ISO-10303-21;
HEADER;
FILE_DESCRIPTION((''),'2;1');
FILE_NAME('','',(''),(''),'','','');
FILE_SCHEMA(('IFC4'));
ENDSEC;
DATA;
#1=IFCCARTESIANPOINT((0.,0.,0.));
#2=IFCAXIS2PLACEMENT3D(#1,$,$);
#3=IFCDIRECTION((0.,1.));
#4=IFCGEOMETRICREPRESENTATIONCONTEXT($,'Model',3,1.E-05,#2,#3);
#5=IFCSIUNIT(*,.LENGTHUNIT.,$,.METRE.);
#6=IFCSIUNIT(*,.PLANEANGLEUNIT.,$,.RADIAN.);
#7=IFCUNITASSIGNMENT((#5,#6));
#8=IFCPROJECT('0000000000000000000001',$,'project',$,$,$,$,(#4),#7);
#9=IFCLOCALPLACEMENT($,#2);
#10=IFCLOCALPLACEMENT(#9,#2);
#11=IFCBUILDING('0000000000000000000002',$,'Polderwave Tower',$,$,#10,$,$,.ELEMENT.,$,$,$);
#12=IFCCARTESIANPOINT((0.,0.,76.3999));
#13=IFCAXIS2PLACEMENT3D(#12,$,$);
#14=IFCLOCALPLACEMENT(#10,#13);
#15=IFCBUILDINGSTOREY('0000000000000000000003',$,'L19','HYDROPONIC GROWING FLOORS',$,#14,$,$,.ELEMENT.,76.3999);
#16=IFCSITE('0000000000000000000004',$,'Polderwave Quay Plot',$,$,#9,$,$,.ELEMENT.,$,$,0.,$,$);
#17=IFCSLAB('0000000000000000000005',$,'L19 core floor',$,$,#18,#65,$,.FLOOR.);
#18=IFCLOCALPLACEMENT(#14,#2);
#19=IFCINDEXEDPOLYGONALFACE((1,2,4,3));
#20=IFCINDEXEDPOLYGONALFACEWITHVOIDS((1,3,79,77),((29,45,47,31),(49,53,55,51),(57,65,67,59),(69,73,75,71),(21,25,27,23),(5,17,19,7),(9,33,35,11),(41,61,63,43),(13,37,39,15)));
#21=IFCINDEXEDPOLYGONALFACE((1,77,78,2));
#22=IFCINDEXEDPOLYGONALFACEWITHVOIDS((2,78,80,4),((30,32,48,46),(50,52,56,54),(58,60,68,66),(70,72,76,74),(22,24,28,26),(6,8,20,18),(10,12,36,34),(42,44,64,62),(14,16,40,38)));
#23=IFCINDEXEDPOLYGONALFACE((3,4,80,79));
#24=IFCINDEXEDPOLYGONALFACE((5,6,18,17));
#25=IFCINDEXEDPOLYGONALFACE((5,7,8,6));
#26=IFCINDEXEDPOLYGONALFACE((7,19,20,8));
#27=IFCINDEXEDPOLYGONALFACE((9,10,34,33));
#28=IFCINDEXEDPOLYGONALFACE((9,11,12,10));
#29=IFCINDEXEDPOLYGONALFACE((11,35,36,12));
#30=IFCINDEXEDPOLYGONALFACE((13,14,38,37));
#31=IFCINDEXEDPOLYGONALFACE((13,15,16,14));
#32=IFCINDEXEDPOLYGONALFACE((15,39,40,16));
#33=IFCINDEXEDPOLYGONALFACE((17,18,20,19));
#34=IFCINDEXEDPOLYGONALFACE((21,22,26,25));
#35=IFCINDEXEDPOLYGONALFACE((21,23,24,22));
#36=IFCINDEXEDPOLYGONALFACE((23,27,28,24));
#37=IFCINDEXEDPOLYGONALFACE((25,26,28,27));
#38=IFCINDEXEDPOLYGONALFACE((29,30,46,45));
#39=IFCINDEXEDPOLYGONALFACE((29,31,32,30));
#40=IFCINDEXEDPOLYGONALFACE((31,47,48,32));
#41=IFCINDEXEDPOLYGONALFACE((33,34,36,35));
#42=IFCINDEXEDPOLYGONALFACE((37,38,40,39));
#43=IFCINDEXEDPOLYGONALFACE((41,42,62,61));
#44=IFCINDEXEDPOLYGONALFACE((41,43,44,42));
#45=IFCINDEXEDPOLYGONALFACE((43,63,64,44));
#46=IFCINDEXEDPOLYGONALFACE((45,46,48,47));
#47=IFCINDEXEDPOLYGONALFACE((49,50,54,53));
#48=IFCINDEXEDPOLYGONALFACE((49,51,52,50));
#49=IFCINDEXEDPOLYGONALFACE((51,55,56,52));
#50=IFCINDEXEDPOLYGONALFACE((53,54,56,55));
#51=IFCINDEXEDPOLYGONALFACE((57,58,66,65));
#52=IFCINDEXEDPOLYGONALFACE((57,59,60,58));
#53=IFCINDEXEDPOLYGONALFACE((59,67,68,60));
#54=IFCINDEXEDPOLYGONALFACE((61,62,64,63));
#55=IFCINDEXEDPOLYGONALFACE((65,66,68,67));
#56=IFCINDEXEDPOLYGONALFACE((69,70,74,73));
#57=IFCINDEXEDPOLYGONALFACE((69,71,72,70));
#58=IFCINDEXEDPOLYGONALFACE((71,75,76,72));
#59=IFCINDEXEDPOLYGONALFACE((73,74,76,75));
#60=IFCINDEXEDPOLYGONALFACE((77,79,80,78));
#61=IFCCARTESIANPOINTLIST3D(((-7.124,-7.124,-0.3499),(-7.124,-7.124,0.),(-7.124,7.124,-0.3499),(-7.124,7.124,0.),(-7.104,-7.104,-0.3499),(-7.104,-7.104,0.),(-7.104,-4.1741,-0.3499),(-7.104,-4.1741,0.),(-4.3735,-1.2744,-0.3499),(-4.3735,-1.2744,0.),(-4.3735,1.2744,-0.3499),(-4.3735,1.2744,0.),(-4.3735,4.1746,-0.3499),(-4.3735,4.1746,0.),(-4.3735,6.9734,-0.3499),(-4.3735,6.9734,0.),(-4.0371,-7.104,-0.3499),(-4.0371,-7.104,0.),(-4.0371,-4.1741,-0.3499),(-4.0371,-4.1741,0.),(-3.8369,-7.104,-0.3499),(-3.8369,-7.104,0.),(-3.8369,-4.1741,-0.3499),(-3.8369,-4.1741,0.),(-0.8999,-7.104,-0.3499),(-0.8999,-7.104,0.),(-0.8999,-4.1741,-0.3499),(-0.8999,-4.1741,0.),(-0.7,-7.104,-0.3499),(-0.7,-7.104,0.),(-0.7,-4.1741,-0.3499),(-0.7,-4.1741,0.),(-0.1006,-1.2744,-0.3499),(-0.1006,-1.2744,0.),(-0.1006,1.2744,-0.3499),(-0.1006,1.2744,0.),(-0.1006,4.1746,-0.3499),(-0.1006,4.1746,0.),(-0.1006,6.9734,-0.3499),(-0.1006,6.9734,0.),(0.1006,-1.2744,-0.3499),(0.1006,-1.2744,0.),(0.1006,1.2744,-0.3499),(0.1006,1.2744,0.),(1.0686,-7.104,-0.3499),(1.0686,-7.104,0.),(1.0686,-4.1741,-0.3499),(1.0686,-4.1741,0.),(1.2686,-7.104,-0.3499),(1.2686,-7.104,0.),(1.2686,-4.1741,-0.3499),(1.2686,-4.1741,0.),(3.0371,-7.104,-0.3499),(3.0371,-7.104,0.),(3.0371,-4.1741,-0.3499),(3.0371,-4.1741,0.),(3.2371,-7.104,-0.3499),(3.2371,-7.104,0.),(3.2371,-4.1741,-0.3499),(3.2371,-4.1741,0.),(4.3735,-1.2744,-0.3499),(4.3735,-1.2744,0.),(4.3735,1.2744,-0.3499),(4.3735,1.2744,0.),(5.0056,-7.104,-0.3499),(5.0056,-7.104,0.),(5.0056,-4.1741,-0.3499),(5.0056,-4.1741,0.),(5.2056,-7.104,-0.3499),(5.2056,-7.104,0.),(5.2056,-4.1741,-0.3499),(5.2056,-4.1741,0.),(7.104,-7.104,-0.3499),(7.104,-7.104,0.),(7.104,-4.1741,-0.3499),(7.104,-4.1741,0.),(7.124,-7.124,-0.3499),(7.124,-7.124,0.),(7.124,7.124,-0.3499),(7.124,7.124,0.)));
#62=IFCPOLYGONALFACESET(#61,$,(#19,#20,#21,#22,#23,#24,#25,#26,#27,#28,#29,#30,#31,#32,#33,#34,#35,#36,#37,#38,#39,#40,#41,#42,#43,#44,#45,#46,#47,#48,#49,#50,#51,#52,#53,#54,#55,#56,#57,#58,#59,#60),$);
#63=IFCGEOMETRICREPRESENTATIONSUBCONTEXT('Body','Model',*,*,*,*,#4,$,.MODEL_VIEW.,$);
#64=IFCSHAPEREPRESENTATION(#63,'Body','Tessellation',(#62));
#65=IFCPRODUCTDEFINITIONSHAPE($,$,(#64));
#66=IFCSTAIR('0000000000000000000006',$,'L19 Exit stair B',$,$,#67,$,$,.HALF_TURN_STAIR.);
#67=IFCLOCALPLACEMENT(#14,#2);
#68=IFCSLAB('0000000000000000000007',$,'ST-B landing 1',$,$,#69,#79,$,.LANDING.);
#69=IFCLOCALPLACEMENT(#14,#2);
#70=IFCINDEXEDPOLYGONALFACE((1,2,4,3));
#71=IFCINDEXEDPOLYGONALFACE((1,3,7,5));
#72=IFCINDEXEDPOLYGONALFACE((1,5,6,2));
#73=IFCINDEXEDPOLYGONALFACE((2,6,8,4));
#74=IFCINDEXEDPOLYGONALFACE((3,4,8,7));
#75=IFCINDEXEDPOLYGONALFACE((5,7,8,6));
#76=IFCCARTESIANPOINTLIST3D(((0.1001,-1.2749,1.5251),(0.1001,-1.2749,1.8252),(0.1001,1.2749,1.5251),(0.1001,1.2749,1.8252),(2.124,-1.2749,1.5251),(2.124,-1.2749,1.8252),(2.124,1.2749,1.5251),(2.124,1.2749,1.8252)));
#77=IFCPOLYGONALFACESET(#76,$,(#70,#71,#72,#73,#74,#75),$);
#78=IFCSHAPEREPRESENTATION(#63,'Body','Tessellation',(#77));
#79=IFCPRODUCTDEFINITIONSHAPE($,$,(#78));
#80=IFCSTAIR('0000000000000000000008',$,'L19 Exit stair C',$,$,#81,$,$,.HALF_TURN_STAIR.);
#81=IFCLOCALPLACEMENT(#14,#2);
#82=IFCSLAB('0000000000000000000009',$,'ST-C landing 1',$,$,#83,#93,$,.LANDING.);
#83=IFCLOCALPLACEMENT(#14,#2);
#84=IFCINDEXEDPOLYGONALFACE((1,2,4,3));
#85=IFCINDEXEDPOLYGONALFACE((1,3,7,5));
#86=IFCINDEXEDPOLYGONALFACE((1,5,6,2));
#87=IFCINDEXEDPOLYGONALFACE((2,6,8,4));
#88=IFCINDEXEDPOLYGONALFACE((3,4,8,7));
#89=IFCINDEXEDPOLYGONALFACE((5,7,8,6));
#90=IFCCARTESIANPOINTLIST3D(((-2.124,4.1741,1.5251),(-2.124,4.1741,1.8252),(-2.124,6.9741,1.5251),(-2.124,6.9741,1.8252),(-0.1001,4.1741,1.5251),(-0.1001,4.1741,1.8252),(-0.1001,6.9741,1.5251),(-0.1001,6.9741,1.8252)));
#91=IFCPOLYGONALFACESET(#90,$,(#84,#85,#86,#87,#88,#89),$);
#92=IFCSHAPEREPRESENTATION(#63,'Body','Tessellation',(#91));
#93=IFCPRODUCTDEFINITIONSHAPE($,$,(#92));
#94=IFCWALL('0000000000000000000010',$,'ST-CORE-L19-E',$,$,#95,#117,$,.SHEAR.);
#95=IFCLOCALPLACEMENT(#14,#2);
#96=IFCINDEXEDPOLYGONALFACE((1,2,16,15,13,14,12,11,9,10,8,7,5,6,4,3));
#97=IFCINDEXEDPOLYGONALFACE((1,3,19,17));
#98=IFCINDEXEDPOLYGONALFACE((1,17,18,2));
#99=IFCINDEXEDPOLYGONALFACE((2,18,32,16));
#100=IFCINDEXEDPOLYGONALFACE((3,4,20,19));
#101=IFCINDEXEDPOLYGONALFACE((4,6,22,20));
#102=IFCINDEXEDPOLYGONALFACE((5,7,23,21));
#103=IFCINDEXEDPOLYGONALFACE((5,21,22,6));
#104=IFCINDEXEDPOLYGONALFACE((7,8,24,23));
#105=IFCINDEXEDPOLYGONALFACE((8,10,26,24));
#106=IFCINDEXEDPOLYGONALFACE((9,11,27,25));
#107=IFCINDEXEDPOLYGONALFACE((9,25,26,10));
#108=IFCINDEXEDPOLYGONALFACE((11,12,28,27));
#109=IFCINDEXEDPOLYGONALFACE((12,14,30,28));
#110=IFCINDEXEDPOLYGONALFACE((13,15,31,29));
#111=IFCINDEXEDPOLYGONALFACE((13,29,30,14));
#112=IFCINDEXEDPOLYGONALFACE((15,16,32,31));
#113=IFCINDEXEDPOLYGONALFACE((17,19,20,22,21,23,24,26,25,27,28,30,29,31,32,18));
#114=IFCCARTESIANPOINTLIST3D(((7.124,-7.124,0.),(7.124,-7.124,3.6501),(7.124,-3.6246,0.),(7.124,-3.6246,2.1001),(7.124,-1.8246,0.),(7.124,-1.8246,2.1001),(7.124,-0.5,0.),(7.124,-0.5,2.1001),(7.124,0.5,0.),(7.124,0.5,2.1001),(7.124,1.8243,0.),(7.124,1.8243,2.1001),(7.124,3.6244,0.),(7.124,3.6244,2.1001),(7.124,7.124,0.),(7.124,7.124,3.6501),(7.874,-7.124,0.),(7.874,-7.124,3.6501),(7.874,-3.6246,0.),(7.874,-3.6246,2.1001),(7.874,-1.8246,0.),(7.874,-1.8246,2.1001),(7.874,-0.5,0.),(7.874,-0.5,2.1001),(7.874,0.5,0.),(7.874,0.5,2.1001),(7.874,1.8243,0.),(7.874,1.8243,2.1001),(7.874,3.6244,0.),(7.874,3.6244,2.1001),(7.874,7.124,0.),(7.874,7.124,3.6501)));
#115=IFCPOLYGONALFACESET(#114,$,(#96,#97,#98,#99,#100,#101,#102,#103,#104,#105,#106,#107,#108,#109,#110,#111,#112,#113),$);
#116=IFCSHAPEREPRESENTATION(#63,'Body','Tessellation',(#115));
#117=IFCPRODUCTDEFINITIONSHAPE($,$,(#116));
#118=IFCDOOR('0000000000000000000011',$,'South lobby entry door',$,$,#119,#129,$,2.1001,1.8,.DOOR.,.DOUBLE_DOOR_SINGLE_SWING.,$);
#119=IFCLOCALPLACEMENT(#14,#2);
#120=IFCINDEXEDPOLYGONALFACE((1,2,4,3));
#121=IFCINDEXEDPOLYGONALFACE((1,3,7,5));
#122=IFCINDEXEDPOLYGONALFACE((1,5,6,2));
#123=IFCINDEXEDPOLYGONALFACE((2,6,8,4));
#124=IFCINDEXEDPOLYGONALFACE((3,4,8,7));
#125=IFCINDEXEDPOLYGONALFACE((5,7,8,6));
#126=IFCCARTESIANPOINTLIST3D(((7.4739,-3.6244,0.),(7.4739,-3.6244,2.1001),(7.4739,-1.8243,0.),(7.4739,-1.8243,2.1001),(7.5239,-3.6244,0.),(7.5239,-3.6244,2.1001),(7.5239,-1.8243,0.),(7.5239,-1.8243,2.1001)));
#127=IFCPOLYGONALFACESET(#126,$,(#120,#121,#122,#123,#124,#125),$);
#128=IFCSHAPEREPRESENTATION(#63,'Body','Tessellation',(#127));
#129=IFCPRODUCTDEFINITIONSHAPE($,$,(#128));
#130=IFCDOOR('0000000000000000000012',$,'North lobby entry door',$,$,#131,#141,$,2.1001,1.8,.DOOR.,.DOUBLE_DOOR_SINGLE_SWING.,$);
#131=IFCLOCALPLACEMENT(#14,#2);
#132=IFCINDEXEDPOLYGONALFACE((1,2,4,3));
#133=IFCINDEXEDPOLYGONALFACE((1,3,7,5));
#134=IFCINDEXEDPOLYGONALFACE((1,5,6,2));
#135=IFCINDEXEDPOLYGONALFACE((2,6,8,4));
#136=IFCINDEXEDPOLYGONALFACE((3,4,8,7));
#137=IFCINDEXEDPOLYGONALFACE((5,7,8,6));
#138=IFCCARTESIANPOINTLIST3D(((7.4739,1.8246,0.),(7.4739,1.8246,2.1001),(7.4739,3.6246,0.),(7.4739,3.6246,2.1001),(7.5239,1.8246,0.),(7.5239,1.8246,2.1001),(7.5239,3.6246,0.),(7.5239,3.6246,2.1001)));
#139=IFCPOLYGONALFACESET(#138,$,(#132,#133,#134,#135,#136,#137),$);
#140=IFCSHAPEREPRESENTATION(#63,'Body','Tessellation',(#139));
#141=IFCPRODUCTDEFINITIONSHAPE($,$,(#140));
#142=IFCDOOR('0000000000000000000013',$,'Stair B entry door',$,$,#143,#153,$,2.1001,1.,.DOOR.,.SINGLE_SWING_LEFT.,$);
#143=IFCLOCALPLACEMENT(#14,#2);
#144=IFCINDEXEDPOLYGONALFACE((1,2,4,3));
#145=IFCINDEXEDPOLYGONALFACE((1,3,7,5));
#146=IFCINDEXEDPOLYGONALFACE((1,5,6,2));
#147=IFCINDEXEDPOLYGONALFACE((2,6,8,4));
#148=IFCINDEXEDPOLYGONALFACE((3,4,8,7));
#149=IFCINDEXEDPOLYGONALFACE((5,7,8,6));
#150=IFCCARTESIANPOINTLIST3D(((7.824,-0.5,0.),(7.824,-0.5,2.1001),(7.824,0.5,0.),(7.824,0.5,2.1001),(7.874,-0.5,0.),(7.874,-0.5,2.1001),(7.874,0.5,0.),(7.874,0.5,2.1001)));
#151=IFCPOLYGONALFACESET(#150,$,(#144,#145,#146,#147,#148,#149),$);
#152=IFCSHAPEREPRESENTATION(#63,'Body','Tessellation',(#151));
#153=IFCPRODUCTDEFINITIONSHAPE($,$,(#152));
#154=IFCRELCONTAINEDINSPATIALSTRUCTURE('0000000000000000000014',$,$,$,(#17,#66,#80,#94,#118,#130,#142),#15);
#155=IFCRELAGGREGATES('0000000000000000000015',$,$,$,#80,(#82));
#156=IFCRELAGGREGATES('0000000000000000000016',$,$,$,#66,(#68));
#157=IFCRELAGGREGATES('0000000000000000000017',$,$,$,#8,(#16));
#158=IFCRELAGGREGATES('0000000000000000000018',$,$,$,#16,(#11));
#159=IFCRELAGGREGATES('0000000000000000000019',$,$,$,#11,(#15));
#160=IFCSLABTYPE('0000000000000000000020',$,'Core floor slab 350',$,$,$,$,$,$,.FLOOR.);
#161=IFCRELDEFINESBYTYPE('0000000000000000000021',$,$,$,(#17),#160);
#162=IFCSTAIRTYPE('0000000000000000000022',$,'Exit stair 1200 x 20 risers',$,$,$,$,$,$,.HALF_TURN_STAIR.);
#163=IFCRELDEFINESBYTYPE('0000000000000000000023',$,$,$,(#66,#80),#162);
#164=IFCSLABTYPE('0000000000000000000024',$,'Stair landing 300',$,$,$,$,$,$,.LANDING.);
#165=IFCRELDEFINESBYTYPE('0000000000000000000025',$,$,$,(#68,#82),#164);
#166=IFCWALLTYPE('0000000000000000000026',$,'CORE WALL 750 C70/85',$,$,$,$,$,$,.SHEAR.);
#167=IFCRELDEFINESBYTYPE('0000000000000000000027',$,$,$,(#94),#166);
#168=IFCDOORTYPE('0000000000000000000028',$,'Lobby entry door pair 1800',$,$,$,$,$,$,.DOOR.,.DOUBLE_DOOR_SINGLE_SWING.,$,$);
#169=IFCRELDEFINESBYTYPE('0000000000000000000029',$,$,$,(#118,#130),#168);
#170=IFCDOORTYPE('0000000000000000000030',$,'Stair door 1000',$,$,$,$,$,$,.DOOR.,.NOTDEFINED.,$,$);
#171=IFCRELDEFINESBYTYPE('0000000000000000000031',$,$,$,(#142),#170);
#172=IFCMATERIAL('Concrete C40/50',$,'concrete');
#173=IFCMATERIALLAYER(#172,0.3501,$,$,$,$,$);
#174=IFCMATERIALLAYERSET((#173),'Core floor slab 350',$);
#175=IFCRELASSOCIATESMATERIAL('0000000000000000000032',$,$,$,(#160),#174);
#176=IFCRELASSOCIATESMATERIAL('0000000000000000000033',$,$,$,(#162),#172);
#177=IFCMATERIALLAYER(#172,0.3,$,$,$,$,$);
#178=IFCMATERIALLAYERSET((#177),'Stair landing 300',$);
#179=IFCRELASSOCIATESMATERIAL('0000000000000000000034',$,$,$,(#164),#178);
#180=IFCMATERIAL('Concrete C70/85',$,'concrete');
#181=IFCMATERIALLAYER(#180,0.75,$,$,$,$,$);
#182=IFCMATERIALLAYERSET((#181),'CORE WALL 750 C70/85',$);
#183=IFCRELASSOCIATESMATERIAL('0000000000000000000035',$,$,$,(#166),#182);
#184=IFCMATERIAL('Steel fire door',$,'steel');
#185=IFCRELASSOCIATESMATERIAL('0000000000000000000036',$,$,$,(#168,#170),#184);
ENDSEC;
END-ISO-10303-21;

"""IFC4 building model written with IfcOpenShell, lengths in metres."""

from ifc_helpers import new_model, si_unit, direction, frame, frame_2d, origin, place, context, subcontext, project, spatial, polyline, rectangle, outline, extrude, material, layer, layer_set, type_object, element, fill, aggregate, save


model = new_model("IFC4")

# Units and contexts
model_context = context("Model", 3, precision=1e-05, world=origin(), true_north=direction((0.0, 1.0)))
body_context = subcontext(model_context, "Body", "Model", "MODEL_VIEW")
ifc_project = project(units=[si_unit("LENGTHUNIT", "METRE"), si_unit("PLANEANGLEUNIT", "RADIAN")], contexts=[model_context])

# Site, building, storey
site_placement = place(None, origin())
site = spatial("IfcSite", under=ifc_project, at=site_placement, Name="Polderwave Quay Plot", CompositionType="ELEMENT", RefElevation=0.0)
building_placement = place(site_placement, origin())
building = spatial("IfcBuilding", under=site, at=building_placement, Name="Polderwave Tower", CompositionType="ELEMENT")
storey_placement = place(building_placement, frame((0.0, 0.0, 76.3999)))
storey = spatial("IfcBuildingStorey", under=building, at=storey_placement, Name="L19", Description="HYDROPONIC GROWING FLOORS", CompositionType="ELEMENT", Elevation=76.3999)

# Slab
ifc_material_1 = material(Name="Concrete C40/50", Category="concrete")
ifc_layer_1 = layer(ifc_material_1, 0.3501)
ifc_layer_set_1 = layer_set([ifc_layer_1], Name="Core floor slab 350")
slab_type_1 = type_object("IfcSlabType", Name="Core floor slab 350", PredefinedType="FLOOR", material=ifc_layer_set_1)
slab_1_placement = place(storey_placement, frame((0.0, 0.0, -0.3499)))
element("IfcSlab", 1, at=slab_1_placement, inside=storey, type_object=slab_type_1, Name="L19 core floor", PredefinedType="FLOOR", context=body_context, shape_type="SweptSolid", body=[
    extrude(outline(polyline([(-7.124, -7.124), (7.124, -7.124), (7.124, 7.124), (-7.124, 7.124), (-7.124, -7.124)]), holes=[polyline([(-7.104, -7.104), (-4.0371, -7.104), (-4.0371, -4.1741), (-7.104, -4.1741), (-7.104, -7.104)]), polyline([(-3.8369, -7.104), (-0.8999, -7.104), (-0.8999, -4.1741), (-3.8369, -4.1741), (-3.8369, -7.104)]), polyline([(-0.7, -7.104), (1.0686, -7.104), (1.0686, -4.1741), (-0.7, -4.1741), (-0.7, -7.104)]), polyline([(1.2686, -7.104), (3.0371, -7.104), (3.0371, -4.1741), (1.2686, -4.1741), (1.2686, -7.104)]), polyline([(3.2371, -7.104), (5.0056, -7.104), (5.0056, -4.1741), (3.2371, -4.1741), (3.2371, -7.104)]), polyline([(5.2056, -7.104), (7.104, -7.104), (7.104, -4.1741), (5.2056, -4.1741), (5.2056, -7.104)]), polyline([(-4.3735, -1.2744), (-0.1006, -1.2744), (-0.1006, 1.2744), (-4.3735, 1.2744), (-4.3735, -1.2744)]), polyline([(0.1006, -1.2744), (4.3735, -1.2744), (4.3735, 1.2744), (0.1006, 1.2744), (0.1006, -1.2744)]), polyline([(-4.3735, 4.1746), (-0.1006, 4.1746), (-0.1006, 6.9734), (-4.3735, 6.9734), (-4.3735, 4.1746)])]), origin(), (0.0, 0.0, 1.0), 0.3499),
])

# Stairs, slabs
stair_type = type_object("IfcStairType", Name="Exit stair 1200 x 20 risers", PredefinedType="HALF_TURN_STAIR", material=ifc_material_1)
stair_1_placement = place(storey_placement, origin())
stair_1 = element("IfcStair", 2, at=stair_1_placement, inside=storey, type_object=stair_type, Name="L19 Exit stair B", PredefinedType="HALF_TURN_STAIR")
ifc_layer_2 = layer(ifc_material_1, 0.3)
ifc_layer_set_2 = layer_set([ifc_layer_2], Name="Stair landing 300")
slab_type_2 = type_object("IfcSlabType", Name="Stair landing 300", PredefinedType="LANDING", material=ifc_layer_set_2)
slab_2_placement = place(storey_placement, frame((0.0, 0.0, 1.5251)))
slab_2 = element("IfcSlab", 3, at=slab_2_placement, type_object=slab_type_2, Name="ST-B landing 1", PredefinedType="LANDING", context=body_context, shape_type="SweptSolid", body=[
    extrude(outline(polyline([(2.124, 1.2749), (0.1001, 1.2749), (0.1001, -1.2749), (2.124, -1.2749), (2.124, 1.2749)])), origin(), (0.0, 0.0, 1.0), 0.3),
])
stair_2_placement = place(storey_placement, origin())
stair_2 = element("IfcStair", 4, at=stair_2_placement, inside=storey, type_object=stair_type, Name="L19 Exit stair C", PredefinedType="HALF_TURN_STAIR")
slab_3_placement = place(storey_placement, frame((0.0, 0.0, 1.5251)))
slab_3 = element("IfcSlab", 5, at=slab_3_placement, type_object=slab_type_2, Name="ST-C landing 1", PredefinedType="LANDING", context=body_context, shape_type="SweptSolid", body=[
    extrude(outline(polyline([(-2.124, 4.1741), (-0.1001, 4.1741), (-0.1001, 6.9741), (-2.124, 6.9741), (-2.124, 4.1741)])), origin(), (0.0, 0.0, 1.0), 0.3),
])
aggregate(stair_2, [slab_3])

# Wall, openings, doors
ifc_material_2 = material(Name="Concrete C70/85", Category="concrete")
ifc_layer_3 = layer(ifc_material_2, 0.75)
ifc_layer_set_3 = layer_set([ifc_layer_3], Name="CORE WALL 750 C70/85")
wall_type_1 = type_object("IfcWallType", Name="CORE WALL 750 C70/85", PredefinedType="SHEAR", material=ifc_layer_set_3)
wall_1_placement = place(storey_placement, frame((7.499, -7.124, 0.0), z_axis=(0.0, 0.0, 1.0), x_axis=(0.0, 1.0, 0.0)))
wall_1 = element("IfcWall", 6, at=wall_1_placement, inside=storey, type_object=wall_type_1, Name="ST-CORE-L19-E", PredefinedType="SHEAR", context=body_context, shape_type="SweptSolid", body=[
    extrude(rectangle(XDim=14.248, YDim=0.75, at=frame_2d((7.124, 0.0))), origin(), (0.0, 0.0, 1.0), 3.6501),
])
opening_1_placement = place(wall_1_placement, frame((6.624, 0.0, 0.0)))
opening_1 = element("IfcOpeningElement", 7, at=opening_1_placement, cuts=wall_1, PredefinedType="OPENING", context=body_context, shape_type="SweptSolid", body=[
    extrude(rectangle(XDim=1.0, YDim=2.1001, at=frame_2d((0.5, 1.05))), frame((0.0, 0.385, 0.0), z_axis=(0.0, -1.0, 0.0), x_axis=(1.0, 0.0, 0.0)), (0.0, 0.0, 1.0), 0.77),
])
opening_2_placement = place(wall_1_placement, frame((3.4995, 0.0, 0.0)))
opening_2 = element("IfcOpeningElement", 8, at=opening_2_placement, cuts=wall_1, PredefinedType="OPENING", context=body_context, shape_type="SweptSolid", body=[
    extrude(rectangle(XDim=1.8, YDim=2.1001, at=frame_2d((0.8999, 1.05))), frame((0.0, 0.385, 0.0), z_axis=(0.0, -1.0, 0.0), x_axis=(1.0, 0.0, 0.0)), (0.0, 0.0, 1.0), 0.77),
])
opening_3_placement = place(wall_1_placement, frame((8.9485, 0.0, 0.0)))
opening_3 = element("IfcOpeningElement", 9, at=opening_3_placement, cuts=wall_1, PredefinedType="OPENING", context=body_context, shape_type="SweptSolid", body=[
    extrude(rectangle(XDim=1.8, YDim=2.1001, at=frame_2d((0.8999, 1.05))), frame((0.0, 0.385, 0.0), z_axis=(0.0, -1.0, 0.0), x_axis=(1.0, 0.0, 0.0)), (0.0, 0.0, 1.0), 0.77),
])
ifc_material_3 = material(Name="Steel fire door", Category="steel")
door_type_1 = type_object("IfcDoorType", Name="Lobby entry door pair 1800", OperationType="DOUBLE_DOOR_SINGLE_SWING", PredefinedType="DOOR", material=ifc_material_3)
door_1_placement = place(opening_2_placement, frame((1.8, 0.0, 0.0), z_axis=(0.0, 0.0, 1.0), x_axis=(-1.0, 0.0, 0.0)))
door_1 = element("IfcDoor", 10, at=door_1_placement, inside=storey, type_object=door_type_1, Name="South lobby entry door", OperationType="DOUBLE_DOOR_SINGLE_SWING", OverallHeight=2.1001, OverallWidth=1.8, PredefinedType="DOOR", context=body_context, shape_type="SweptSolid", body=[
    extrude(rectangle(XDim=1.8, YDim=2.1001, at=frame_2d((0.8999, 1.05))), frame((0.0, 0.0249, 0.0), z_axis=(0.0, -1.0, 0.0), x_axis=(1.0, 0.0, 0.0)), (0.0, 0.0, 1.0), 0.05),
])
fill(opening_2, door_1)
door_2_placement = place(opening_3_placement, frame((1.8, 0.0, 0.0), z_axis=(0.0, 0.0, 1.0), x_axis=(-1.0, 0.0, 0.0)))
door_2 = element("IfcDoor", 11, at=door_2_placement, inside=storey, type_object=door_type_1, Name="North lobby entry door", OperationType="DOUBLE_DOOR_SINGLE_SWING", OverallHeight=2.1001, OverallWidth=1.8, PredefinedType="DOOR", context=body_context, shape_type="SweptSolid", body=[
    extrude(rectangle(XDim=1.8, YDim=2.1001, at=frame_2d((0.8999, 1.05))), frame((0.0, 0.0249, 0.0), z_axis=(0.0, -1.0, 0.0), x_axis=(1.0, 0.0, 0.0)), (0.0, 0.0, 1.0), 0.05),
])
fill(opening_3, door_2)
door_type_2 = type_object("IfcDoorType", Name="Stair door 1000", OperationType="NOTDEFINED", PredefinedType="DOOR", material=ifc_material_3)
door_3_placement = place(opening_1_placement, frame((1.0, 0.0, 0.0), z_axis=(0.0, 0.0, 1.0), x_axis=(-1.0, 0.0, 0.0)))
door_3 = element("IfcDoor", 12, at=door_3_placement, inside=storey, type_object=door_type_2, Name="Stair B entry door", OperationType="SINGLE_SWING_LEFT", OverallHeight=2.1001, OverallWidth=1.0, PredefinedType="DOOR", context=body_context, shape_type="SweptSolid", body=[
    extrude(rectangle(XDim=1.0, YDim=2.1001, at=frame_2d((0.5, 1.05))), frame((0.0, 0.375, 0.0), z_axis=(0.0, -1.0, 0.0), x_axis=(1.0, 0.0, 0.0)), (0.0, 0.0, 1.0), 0.05),
])
fill(opening_1, door_3)

aggregate(stair_1, [slab_2])

save(model, "model.ifc")
